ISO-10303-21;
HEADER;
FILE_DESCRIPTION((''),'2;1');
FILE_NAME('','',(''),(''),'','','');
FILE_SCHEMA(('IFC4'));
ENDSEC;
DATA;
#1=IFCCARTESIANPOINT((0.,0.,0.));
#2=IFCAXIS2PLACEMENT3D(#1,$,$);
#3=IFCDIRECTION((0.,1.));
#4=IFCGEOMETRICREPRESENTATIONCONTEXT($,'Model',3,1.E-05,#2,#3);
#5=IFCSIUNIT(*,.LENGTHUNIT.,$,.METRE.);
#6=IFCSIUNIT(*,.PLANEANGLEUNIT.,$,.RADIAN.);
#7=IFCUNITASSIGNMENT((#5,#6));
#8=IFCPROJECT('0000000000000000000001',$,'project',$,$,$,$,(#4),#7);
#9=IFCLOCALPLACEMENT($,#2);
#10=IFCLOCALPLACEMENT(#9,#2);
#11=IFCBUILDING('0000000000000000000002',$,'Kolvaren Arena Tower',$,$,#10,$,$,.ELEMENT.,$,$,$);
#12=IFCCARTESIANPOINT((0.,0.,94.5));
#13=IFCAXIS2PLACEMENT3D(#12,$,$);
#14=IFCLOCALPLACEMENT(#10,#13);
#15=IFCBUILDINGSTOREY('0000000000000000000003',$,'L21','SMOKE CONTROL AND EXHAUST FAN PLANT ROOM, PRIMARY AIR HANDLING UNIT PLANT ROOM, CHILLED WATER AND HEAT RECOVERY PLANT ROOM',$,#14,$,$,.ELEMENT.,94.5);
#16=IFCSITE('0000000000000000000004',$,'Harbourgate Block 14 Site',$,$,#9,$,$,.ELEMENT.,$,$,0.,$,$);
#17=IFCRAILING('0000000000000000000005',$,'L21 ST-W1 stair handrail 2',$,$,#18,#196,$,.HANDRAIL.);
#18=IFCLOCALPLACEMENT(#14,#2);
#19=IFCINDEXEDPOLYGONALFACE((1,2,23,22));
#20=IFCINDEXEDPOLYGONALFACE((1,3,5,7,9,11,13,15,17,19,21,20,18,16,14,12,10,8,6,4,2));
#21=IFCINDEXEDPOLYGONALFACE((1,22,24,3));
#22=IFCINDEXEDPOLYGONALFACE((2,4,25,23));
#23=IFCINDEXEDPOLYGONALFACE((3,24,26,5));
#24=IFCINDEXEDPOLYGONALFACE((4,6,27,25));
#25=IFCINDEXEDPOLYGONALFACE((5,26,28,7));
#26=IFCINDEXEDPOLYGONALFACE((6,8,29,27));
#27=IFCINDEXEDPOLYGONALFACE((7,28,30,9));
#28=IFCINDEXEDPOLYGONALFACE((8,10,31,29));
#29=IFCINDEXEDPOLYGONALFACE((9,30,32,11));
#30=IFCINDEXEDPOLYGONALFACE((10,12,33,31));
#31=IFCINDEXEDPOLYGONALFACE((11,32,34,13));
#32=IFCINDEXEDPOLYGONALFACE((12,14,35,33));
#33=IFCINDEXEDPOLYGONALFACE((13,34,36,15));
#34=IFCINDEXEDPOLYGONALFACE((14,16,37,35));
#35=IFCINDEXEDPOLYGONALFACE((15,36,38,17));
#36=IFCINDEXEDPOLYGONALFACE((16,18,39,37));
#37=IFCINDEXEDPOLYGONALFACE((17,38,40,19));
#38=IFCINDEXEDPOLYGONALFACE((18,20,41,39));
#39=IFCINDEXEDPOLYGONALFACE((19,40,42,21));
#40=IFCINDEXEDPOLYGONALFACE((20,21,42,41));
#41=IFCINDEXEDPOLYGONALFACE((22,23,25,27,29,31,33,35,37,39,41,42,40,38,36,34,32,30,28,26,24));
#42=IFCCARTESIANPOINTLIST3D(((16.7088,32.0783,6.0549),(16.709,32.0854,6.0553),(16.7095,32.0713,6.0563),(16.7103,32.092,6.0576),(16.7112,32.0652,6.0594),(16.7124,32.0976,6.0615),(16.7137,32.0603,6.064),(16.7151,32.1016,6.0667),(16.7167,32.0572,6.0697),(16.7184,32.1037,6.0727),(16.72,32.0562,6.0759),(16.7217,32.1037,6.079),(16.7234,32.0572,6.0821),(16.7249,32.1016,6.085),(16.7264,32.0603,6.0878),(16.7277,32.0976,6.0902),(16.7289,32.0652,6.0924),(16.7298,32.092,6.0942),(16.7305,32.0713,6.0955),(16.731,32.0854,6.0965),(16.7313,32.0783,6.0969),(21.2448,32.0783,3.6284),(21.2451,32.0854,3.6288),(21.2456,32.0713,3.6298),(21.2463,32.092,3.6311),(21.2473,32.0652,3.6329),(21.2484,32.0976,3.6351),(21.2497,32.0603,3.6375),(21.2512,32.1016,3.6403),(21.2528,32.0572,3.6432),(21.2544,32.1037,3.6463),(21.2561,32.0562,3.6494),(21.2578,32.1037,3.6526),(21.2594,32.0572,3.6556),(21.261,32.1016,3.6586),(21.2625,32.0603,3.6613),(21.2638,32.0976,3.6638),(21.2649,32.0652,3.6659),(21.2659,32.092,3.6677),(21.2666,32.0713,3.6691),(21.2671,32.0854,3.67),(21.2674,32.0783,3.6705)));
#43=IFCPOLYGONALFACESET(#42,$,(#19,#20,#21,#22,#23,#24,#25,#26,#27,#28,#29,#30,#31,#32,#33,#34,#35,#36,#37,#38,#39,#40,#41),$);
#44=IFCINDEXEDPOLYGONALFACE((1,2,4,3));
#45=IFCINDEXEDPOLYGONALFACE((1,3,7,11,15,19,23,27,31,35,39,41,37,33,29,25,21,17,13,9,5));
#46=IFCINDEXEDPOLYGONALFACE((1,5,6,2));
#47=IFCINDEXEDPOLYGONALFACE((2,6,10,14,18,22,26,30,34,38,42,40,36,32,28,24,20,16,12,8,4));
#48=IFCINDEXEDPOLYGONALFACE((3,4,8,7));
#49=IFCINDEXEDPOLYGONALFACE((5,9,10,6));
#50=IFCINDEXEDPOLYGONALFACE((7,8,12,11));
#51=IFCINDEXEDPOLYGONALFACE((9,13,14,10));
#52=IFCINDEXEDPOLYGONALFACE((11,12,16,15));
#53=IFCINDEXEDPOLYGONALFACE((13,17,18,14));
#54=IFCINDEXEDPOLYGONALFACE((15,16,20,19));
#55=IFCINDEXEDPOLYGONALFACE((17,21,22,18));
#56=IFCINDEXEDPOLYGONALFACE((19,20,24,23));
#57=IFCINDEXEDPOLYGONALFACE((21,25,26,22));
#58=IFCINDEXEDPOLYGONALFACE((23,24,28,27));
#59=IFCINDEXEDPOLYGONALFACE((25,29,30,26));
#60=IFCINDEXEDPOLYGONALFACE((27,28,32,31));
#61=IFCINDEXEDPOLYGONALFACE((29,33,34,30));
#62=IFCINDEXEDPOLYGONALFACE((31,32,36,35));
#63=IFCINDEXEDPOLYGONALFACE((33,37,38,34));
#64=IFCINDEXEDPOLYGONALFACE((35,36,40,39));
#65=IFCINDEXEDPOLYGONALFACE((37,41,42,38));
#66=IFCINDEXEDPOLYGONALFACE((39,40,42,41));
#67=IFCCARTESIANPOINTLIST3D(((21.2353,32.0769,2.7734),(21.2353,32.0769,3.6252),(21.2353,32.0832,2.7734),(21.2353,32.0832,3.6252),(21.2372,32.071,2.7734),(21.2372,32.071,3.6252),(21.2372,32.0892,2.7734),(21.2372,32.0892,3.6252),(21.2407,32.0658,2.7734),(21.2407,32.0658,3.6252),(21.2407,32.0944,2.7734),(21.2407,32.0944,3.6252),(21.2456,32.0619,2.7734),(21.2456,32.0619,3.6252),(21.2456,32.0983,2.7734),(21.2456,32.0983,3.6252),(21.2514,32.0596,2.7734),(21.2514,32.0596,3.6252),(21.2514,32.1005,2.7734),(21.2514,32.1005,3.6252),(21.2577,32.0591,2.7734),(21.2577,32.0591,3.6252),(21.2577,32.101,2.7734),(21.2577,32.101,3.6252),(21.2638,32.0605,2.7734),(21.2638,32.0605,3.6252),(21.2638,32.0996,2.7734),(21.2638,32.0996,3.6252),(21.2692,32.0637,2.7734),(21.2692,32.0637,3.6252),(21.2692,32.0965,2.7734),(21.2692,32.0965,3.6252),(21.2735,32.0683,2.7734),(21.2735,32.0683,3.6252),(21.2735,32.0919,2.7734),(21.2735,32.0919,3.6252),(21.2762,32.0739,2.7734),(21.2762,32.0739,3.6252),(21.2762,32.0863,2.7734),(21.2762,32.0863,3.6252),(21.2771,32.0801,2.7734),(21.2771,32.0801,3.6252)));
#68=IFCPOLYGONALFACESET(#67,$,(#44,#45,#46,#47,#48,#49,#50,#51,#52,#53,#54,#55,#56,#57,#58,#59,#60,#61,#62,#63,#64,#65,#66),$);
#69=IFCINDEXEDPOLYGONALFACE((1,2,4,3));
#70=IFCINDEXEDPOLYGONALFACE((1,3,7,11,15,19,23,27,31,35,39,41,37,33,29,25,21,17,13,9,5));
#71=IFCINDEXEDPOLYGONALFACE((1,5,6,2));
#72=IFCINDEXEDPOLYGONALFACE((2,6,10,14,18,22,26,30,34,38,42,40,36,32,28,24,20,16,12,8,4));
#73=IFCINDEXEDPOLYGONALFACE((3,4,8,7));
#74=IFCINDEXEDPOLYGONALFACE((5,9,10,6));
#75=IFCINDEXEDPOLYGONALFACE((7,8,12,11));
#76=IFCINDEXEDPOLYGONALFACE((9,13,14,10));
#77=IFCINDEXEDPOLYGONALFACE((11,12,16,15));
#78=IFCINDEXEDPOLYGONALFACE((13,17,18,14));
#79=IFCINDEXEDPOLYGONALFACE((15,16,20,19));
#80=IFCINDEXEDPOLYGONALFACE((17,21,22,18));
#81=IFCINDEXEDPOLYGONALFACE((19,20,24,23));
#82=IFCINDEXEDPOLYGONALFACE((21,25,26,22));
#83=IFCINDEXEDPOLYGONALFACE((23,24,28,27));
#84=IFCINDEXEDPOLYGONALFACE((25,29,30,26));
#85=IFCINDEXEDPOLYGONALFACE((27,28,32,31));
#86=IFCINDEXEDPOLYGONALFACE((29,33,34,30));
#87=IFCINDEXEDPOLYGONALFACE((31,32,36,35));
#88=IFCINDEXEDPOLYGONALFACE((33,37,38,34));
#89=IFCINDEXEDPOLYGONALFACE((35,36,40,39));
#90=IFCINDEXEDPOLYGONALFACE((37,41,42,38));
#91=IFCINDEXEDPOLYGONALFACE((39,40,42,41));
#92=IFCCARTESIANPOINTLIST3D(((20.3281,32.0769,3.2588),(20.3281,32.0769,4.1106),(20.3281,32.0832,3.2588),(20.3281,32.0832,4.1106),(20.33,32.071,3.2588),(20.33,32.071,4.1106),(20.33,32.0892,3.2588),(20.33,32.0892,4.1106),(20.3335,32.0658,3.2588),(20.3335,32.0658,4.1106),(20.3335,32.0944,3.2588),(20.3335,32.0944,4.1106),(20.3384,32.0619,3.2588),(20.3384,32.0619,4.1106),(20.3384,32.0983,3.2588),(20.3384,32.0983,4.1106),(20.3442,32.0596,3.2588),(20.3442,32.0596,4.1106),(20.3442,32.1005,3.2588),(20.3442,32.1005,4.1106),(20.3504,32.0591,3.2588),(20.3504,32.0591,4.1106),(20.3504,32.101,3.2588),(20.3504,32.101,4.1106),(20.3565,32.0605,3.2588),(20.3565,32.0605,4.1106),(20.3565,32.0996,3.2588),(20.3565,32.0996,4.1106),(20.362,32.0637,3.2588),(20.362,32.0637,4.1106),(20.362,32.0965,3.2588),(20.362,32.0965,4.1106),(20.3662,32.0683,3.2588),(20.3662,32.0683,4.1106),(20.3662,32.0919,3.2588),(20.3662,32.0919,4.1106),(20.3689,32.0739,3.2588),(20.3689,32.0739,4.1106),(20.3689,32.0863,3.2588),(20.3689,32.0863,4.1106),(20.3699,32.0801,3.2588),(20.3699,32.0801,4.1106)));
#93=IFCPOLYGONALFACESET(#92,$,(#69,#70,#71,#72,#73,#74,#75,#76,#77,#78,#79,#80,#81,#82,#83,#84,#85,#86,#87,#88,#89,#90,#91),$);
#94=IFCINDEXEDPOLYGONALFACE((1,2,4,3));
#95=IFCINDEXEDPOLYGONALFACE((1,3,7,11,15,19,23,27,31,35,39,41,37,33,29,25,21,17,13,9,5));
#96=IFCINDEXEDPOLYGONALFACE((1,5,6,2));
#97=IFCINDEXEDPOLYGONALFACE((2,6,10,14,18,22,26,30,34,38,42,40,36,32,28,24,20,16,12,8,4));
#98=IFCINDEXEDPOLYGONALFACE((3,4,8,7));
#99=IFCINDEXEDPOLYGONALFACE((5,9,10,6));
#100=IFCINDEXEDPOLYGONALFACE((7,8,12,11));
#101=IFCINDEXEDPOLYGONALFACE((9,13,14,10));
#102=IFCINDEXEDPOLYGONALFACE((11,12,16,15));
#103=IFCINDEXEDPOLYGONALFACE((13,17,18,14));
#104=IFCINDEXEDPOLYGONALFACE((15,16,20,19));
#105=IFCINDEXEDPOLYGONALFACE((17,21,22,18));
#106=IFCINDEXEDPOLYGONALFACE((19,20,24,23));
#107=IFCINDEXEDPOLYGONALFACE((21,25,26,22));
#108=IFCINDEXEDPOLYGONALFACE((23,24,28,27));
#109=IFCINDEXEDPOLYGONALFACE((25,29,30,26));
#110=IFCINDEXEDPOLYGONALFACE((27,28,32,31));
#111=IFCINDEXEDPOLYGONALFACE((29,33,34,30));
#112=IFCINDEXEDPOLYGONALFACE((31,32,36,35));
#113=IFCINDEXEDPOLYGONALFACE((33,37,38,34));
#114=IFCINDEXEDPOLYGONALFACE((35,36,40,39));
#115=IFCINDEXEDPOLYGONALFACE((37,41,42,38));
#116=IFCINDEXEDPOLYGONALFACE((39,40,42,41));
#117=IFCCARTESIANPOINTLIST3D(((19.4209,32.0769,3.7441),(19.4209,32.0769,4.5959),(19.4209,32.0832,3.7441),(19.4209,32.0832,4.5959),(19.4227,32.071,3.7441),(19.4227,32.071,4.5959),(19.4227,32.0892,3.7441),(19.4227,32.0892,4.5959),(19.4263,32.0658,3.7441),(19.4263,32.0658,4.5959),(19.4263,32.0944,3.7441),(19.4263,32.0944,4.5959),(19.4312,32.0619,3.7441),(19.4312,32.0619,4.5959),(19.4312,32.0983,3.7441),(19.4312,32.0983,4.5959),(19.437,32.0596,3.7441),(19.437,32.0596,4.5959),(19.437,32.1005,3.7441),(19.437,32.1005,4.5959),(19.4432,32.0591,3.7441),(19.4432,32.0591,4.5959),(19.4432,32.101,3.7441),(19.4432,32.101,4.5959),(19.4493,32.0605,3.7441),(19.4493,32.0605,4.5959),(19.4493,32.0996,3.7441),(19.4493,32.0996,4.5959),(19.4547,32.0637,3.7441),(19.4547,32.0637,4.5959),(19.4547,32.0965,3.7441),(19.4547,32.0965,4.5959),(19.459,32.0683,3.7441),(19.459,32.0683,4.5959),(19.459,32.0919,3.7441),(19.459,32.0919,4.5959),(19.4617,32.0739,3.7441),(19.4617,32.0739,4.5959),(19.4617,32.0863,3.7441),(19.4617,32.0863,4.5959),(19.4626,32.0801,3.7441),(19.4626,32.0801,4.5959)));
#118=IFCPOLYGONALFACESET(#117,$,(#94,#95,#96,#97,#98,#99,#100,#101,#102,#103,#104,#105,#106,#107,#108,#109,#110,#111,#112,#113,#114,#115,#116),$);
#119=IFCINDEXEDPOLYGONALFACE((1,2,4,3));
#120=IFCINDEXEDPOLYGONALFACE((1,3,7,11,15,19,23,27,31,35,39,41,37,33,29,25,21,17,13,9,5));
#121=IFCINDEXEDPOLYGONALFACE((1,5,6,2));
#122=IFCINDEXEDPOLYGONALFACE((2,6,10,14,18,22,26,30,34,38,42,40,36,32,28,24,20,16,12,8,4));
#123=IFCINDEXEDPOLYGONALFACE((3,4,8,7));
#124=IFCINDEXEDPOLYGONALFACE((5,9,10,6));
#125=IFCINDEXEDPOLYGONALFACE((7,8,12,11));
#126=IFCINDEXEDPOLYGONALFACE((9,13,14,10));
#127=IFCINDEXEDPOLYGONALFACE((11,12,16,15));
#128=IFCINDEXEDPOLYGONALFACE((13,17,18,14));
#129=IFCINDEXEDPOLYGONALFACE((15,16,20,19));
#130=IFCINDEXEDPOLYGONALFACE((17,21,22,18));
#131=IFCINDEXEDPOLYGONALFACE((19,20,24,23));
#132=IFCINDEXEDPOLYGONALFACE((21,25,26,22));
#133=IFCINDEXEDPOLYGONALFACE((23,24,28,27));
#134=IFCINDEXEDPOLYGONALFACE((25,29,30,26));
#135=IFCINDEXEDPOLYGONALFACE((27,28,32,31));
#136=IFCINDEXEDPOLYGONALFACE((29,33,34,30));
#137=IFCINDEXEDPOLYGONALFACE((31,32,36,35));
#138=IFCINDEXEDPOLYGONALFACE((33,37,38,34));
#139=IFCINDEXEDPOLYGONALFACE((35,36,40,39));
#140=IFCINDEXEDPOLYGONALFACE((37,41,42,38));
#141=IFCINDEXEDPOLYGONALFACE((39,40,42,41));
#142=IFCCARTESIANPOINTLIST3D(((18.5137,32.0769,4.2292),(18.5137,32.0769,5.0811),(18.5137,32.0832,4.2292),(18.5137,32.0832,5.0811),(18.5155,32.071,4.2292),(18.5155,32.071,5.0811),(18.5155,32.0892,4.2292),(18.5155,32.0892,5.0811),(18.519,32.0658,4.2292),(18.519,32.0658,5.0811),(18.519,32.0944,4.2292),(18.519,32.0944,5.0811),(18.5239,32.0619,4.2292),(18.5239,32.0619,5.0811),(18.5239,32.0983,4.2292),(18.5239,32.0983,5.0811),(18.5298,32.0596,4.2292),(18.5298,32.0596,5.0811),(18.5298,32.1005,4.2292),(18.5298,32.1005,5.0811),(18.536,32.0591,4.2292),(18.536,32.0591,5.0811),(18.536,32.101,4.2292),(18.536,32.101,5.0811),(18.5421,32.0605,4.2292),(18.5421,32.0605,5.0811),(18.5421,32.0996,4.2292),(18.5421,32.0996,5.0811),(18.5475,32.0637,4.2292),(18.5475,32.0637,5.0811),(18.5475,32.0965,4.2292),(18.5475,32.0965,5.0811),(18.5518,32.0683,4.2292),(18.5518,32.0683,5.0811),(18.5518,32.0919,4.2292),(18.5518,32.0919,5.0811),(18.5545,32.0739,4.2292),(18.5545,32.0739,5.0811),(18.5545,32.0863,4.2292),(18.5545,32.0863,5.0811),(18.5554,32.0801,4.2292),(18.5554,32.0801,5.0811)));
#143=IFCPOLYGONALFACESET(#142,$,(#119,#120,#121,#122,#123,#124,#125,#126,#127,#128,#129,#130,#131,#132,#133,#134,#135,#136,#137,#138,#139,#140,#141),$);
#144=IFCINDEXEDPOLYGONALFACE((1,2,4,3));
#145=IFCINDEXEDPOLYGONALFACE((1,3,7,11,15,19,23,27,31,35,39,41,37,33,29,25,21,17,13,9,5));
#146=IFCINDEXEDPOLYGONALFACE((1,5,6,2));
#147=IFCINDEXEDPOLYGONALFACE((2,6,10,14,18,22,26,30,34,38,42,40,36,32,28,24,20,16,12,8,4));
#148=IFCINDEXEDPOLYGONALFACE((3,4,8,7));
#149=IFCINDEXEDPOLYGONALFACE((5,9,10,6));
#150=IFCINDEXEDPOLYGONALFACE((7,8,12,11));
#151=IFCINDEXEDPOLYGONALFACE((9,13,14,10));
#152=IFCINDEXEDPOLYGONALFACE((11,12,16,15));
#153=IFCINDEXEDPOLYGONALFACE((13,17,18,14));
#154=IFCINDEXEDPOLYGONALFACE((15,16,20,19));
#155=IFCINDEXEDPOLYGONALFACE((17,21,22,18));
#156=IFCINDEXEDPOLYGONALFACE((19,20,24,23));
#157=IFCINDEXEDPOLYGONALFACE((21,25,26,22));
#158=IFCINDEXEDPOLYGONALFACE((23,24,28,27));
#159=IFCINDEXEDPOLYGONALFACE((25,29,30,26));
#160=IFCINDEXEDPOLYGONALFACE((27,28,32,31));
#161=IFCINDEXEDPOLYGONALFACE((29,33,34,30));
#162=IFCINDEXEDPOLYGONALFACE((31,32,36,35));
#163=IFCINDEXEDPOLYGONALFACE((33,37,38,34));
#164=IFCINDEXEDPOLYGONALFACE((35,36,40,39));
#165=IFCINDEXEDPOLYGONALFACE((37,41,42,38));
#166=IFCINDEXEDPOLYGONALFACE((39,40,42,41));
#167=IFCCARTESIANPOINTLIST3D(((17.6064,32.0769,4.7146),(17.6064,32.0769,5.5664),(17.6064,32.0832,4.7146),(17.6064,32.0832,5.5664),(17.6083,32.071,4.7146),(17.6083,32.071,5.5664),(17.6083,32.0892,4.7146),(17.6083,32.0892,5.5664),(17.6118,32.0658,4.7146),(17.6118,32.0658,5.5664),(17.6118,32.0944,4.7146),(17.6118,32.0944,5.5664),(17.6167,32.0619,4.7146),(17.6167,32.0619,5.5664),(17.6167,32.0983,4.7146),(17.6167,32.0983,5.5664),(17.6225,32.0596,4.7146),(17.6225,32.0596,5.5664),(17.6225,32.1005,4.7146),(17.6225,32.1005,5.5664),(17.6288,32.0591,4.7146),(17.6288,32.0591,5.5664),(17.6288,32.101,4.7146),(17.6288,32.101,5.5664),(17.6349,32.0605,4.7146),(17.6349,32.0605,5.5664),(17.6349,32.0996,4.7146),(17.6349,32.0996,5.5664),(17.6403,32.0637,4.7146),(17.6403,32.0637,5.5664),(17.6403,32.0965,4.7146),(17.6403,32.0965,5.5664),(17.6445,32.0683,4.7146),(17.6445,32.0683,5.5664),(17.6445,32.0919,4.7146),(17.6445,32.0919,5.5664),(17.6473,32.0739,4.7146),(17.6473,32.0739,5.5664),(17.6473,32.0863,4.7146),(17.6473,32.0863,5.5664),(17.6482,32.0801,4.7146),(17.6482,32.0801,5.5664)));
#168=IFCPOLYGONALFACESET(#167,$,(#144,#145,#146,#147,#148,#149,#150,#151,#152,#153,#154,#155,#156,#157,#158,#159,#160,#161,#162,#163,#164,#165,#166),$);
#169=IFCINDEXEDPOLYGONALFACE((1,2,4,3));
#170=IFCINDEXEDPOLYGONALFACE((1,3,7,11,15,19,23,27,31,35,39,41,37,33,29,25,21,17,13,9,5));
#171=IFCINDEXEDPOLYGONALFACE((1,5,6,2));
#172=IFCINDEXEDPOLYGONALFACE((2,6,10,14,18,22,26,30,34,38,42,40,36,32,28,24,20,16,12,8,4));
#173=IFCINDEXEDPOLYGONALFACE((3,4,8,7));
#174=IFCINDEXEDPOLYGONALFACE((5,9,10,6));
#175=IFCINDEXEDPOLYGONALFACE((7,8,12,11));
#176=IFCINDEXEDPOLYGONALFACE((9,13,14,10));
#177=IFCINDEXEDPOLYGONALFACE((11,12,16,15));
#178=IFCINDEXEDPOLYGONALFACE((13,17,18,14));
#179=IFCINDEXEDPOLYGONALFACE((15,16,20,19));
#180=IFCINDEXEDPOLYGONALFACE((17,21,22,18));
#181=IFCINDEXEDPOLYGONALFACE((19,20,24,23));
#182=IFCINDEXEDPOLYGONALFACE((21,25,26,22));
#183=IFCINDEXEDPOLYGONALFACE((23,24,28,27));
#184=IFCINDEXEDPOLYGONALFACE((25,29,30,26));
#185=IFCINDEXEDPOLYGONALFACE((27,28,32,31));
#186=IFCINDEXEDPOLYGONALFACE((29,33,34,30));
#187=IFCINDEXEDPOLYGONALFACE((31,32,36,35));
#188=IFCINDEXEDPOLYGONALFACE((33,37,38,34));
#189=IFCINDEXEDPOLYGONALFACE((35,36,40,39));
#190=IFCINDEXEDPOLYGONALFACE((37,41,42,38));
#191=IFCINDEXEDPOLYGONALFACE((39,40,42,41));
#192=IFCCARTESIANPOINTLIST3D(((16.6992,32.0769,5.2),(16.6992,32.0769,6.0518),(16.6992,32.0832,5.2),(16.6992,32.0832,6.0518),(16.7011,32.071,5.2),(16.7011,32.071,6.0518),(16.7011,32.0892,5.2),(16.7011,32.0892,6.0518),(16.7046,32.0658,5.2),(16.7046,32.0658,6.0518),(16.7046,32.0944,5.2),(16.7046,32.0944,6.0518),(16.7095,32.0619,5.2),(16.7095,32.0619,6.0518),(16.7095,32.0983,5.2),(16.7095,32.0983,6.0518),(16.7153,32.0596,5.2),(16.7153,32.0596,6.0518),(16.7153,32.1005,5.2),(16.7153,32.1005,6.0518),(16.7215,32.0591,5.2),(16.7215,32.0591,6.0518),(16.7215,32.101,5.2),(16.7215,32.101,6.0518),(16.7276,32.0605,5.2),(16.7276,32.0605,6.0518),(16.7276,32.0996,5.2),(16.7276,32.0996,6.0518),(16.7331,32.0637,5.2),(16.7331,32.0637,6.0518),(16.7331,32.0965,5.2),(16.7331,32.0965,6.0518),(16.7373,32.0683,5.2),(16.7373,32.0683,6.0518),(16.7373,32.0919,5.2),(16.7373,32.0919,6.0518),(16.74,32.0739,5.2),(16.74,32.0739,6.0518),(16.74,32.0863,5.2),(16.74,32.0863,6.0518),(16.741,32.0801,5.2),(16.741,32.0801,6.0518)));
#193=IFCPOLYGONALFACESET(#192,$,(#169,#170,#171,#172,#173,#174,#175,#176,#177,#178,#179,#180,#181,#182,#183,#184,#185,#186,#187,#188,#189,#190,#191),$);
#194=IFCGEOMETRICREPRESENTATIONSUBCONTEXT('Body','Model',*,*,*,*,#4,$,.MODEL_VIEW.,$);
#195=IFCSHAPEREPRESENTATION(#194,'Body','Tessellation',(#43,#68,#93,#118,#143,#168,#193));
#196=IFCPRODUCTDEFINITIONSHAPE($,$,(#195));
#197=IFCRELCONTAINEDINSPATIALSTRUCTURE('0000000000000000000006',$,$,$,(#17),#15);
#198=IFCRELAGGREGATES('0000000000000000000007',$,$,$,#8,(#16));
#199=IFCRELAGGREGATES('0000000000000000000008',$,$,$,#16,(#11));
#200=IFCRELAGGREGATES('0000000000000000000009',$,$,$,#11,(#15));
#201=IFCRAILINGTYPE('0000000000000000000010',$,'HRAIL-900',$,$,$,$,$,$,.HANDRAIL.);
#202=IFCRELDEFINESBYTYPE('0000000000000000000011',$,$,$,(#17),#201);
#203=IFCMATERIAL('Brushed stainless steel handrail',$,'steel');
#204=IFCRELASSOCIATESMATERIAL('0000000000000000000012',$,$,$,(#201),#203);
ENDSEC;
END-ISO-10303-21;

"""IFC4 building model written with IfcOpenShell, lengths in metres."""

from ifc_helpers import new_model, si_unit, direction, frame, origin, origin_2d, place, context, subcontext, project, spatial, circle, extrude, material, type_object, element, save


model = new_model("IFC4")

# Units and contexts
model_context = context("Model", 3, precision=1e-05, world=origin(), true_north=direction((0.0, 1.0)))
body_context = subcontext(model_context, "Body", "Model", "MODEL_VIEW")
ifc_project = project(units=[si_unit("LENGTHUNIT", "METRE"), si_unit("PLANEANGLEUNIT", "RADIAN")], contexts=[model_context])

# Site, building, storey
site_placement = place(None, origin())
site = spatial("IfcSite", under=ifc_project, at=site_placement, Name="Harbourgate Block 14 Site", CompositionType="ELEMENT", RefElevation=0.0)
building_placement = place(site_placement, origin())
building = spatial("IfcBuilding", under=site, at=building_placement, Name="Kolvaren Arena Tower", CompositionType="ELEMENT")
storey_placement = place(building_placement, frame((0.0, 0.0, 94.5)))
storey = spatial("IfcBuildingStorey", under=building, at=storey_placement, Name="L21", Description="SMOKE CONTROL AND EXHAUST FAN PLANT ROOM, PRIMARY AIR HANDLING UNIT PLANT ROOM, CHILLED WATER AND HEAT RECOVERY PLANT ROOM", CompositionType="ELEMENT", Elevation=94.5)

# Railing
ifc_material_1 = material(Name="Brushed stainless steel handrail", Category="steel")
railing_type_1 = type_object("IfcRailingType", Name="HRAIL-900", PredefinedType="HANDRAIL", material=ifc_material_1)
railing_1_placement = place(storey_placement, frame((21.2561, 32.0801, 2.7734)))
element("IfcRailing", 1, at=railing_1_placement, inside=storey, type_object=railing_type_1, Name="L21 ST-W1 stair handrail 2", PredefinedType="HANDRAIL", context=body_context, shape_type="SweptSolid", body=[
    extrude(circle(Radius=0.0239, at=origin_2d()), frame((0.0, 0.0, 0.876), z_axis=(-0.881768, 0.0, 0.471684), x_axis=(0.0, -1.0, 0.0)), (0.0, 0.0, 1.0), 5.1443),
    extrude(circle(Radius=0.021, at=origin_2d()), origin(), (0.0, 0.0, 1.0), 0.8518),
    extrude(circle(Radius=0.021, at=origin_2d()), frame((-0.9072, 0.0, 0.4854)), (0.0, 0.0, 1.0), 0.8518),
    extrude(circle(Radius=0.021, at=origin_2d()), frame((-1.8145, 0.0, 0.9707)), (0.0, 0.0, 1.0), 0.8518),
    extrude(circle(Radius=0.021, at=origin_2d()), frame((-2.7217, 0.0, 1.4558)), (0.0, 0.0, 1.0), 0.8518),
    extrude(circle(Radius=0.021, at=origin_2d()), frame((-3.6289, 0.0, 1.9412)), (0.0, 0.0, 1.0), 0.8518),
    extrude(circle(Radius=0.021, at=origin_2d()), frame((-4.5361, 0.0, 2.4265)), (0.0, 0.0, 1.0), 0.8518),
])

save(model, "model.ifc")
